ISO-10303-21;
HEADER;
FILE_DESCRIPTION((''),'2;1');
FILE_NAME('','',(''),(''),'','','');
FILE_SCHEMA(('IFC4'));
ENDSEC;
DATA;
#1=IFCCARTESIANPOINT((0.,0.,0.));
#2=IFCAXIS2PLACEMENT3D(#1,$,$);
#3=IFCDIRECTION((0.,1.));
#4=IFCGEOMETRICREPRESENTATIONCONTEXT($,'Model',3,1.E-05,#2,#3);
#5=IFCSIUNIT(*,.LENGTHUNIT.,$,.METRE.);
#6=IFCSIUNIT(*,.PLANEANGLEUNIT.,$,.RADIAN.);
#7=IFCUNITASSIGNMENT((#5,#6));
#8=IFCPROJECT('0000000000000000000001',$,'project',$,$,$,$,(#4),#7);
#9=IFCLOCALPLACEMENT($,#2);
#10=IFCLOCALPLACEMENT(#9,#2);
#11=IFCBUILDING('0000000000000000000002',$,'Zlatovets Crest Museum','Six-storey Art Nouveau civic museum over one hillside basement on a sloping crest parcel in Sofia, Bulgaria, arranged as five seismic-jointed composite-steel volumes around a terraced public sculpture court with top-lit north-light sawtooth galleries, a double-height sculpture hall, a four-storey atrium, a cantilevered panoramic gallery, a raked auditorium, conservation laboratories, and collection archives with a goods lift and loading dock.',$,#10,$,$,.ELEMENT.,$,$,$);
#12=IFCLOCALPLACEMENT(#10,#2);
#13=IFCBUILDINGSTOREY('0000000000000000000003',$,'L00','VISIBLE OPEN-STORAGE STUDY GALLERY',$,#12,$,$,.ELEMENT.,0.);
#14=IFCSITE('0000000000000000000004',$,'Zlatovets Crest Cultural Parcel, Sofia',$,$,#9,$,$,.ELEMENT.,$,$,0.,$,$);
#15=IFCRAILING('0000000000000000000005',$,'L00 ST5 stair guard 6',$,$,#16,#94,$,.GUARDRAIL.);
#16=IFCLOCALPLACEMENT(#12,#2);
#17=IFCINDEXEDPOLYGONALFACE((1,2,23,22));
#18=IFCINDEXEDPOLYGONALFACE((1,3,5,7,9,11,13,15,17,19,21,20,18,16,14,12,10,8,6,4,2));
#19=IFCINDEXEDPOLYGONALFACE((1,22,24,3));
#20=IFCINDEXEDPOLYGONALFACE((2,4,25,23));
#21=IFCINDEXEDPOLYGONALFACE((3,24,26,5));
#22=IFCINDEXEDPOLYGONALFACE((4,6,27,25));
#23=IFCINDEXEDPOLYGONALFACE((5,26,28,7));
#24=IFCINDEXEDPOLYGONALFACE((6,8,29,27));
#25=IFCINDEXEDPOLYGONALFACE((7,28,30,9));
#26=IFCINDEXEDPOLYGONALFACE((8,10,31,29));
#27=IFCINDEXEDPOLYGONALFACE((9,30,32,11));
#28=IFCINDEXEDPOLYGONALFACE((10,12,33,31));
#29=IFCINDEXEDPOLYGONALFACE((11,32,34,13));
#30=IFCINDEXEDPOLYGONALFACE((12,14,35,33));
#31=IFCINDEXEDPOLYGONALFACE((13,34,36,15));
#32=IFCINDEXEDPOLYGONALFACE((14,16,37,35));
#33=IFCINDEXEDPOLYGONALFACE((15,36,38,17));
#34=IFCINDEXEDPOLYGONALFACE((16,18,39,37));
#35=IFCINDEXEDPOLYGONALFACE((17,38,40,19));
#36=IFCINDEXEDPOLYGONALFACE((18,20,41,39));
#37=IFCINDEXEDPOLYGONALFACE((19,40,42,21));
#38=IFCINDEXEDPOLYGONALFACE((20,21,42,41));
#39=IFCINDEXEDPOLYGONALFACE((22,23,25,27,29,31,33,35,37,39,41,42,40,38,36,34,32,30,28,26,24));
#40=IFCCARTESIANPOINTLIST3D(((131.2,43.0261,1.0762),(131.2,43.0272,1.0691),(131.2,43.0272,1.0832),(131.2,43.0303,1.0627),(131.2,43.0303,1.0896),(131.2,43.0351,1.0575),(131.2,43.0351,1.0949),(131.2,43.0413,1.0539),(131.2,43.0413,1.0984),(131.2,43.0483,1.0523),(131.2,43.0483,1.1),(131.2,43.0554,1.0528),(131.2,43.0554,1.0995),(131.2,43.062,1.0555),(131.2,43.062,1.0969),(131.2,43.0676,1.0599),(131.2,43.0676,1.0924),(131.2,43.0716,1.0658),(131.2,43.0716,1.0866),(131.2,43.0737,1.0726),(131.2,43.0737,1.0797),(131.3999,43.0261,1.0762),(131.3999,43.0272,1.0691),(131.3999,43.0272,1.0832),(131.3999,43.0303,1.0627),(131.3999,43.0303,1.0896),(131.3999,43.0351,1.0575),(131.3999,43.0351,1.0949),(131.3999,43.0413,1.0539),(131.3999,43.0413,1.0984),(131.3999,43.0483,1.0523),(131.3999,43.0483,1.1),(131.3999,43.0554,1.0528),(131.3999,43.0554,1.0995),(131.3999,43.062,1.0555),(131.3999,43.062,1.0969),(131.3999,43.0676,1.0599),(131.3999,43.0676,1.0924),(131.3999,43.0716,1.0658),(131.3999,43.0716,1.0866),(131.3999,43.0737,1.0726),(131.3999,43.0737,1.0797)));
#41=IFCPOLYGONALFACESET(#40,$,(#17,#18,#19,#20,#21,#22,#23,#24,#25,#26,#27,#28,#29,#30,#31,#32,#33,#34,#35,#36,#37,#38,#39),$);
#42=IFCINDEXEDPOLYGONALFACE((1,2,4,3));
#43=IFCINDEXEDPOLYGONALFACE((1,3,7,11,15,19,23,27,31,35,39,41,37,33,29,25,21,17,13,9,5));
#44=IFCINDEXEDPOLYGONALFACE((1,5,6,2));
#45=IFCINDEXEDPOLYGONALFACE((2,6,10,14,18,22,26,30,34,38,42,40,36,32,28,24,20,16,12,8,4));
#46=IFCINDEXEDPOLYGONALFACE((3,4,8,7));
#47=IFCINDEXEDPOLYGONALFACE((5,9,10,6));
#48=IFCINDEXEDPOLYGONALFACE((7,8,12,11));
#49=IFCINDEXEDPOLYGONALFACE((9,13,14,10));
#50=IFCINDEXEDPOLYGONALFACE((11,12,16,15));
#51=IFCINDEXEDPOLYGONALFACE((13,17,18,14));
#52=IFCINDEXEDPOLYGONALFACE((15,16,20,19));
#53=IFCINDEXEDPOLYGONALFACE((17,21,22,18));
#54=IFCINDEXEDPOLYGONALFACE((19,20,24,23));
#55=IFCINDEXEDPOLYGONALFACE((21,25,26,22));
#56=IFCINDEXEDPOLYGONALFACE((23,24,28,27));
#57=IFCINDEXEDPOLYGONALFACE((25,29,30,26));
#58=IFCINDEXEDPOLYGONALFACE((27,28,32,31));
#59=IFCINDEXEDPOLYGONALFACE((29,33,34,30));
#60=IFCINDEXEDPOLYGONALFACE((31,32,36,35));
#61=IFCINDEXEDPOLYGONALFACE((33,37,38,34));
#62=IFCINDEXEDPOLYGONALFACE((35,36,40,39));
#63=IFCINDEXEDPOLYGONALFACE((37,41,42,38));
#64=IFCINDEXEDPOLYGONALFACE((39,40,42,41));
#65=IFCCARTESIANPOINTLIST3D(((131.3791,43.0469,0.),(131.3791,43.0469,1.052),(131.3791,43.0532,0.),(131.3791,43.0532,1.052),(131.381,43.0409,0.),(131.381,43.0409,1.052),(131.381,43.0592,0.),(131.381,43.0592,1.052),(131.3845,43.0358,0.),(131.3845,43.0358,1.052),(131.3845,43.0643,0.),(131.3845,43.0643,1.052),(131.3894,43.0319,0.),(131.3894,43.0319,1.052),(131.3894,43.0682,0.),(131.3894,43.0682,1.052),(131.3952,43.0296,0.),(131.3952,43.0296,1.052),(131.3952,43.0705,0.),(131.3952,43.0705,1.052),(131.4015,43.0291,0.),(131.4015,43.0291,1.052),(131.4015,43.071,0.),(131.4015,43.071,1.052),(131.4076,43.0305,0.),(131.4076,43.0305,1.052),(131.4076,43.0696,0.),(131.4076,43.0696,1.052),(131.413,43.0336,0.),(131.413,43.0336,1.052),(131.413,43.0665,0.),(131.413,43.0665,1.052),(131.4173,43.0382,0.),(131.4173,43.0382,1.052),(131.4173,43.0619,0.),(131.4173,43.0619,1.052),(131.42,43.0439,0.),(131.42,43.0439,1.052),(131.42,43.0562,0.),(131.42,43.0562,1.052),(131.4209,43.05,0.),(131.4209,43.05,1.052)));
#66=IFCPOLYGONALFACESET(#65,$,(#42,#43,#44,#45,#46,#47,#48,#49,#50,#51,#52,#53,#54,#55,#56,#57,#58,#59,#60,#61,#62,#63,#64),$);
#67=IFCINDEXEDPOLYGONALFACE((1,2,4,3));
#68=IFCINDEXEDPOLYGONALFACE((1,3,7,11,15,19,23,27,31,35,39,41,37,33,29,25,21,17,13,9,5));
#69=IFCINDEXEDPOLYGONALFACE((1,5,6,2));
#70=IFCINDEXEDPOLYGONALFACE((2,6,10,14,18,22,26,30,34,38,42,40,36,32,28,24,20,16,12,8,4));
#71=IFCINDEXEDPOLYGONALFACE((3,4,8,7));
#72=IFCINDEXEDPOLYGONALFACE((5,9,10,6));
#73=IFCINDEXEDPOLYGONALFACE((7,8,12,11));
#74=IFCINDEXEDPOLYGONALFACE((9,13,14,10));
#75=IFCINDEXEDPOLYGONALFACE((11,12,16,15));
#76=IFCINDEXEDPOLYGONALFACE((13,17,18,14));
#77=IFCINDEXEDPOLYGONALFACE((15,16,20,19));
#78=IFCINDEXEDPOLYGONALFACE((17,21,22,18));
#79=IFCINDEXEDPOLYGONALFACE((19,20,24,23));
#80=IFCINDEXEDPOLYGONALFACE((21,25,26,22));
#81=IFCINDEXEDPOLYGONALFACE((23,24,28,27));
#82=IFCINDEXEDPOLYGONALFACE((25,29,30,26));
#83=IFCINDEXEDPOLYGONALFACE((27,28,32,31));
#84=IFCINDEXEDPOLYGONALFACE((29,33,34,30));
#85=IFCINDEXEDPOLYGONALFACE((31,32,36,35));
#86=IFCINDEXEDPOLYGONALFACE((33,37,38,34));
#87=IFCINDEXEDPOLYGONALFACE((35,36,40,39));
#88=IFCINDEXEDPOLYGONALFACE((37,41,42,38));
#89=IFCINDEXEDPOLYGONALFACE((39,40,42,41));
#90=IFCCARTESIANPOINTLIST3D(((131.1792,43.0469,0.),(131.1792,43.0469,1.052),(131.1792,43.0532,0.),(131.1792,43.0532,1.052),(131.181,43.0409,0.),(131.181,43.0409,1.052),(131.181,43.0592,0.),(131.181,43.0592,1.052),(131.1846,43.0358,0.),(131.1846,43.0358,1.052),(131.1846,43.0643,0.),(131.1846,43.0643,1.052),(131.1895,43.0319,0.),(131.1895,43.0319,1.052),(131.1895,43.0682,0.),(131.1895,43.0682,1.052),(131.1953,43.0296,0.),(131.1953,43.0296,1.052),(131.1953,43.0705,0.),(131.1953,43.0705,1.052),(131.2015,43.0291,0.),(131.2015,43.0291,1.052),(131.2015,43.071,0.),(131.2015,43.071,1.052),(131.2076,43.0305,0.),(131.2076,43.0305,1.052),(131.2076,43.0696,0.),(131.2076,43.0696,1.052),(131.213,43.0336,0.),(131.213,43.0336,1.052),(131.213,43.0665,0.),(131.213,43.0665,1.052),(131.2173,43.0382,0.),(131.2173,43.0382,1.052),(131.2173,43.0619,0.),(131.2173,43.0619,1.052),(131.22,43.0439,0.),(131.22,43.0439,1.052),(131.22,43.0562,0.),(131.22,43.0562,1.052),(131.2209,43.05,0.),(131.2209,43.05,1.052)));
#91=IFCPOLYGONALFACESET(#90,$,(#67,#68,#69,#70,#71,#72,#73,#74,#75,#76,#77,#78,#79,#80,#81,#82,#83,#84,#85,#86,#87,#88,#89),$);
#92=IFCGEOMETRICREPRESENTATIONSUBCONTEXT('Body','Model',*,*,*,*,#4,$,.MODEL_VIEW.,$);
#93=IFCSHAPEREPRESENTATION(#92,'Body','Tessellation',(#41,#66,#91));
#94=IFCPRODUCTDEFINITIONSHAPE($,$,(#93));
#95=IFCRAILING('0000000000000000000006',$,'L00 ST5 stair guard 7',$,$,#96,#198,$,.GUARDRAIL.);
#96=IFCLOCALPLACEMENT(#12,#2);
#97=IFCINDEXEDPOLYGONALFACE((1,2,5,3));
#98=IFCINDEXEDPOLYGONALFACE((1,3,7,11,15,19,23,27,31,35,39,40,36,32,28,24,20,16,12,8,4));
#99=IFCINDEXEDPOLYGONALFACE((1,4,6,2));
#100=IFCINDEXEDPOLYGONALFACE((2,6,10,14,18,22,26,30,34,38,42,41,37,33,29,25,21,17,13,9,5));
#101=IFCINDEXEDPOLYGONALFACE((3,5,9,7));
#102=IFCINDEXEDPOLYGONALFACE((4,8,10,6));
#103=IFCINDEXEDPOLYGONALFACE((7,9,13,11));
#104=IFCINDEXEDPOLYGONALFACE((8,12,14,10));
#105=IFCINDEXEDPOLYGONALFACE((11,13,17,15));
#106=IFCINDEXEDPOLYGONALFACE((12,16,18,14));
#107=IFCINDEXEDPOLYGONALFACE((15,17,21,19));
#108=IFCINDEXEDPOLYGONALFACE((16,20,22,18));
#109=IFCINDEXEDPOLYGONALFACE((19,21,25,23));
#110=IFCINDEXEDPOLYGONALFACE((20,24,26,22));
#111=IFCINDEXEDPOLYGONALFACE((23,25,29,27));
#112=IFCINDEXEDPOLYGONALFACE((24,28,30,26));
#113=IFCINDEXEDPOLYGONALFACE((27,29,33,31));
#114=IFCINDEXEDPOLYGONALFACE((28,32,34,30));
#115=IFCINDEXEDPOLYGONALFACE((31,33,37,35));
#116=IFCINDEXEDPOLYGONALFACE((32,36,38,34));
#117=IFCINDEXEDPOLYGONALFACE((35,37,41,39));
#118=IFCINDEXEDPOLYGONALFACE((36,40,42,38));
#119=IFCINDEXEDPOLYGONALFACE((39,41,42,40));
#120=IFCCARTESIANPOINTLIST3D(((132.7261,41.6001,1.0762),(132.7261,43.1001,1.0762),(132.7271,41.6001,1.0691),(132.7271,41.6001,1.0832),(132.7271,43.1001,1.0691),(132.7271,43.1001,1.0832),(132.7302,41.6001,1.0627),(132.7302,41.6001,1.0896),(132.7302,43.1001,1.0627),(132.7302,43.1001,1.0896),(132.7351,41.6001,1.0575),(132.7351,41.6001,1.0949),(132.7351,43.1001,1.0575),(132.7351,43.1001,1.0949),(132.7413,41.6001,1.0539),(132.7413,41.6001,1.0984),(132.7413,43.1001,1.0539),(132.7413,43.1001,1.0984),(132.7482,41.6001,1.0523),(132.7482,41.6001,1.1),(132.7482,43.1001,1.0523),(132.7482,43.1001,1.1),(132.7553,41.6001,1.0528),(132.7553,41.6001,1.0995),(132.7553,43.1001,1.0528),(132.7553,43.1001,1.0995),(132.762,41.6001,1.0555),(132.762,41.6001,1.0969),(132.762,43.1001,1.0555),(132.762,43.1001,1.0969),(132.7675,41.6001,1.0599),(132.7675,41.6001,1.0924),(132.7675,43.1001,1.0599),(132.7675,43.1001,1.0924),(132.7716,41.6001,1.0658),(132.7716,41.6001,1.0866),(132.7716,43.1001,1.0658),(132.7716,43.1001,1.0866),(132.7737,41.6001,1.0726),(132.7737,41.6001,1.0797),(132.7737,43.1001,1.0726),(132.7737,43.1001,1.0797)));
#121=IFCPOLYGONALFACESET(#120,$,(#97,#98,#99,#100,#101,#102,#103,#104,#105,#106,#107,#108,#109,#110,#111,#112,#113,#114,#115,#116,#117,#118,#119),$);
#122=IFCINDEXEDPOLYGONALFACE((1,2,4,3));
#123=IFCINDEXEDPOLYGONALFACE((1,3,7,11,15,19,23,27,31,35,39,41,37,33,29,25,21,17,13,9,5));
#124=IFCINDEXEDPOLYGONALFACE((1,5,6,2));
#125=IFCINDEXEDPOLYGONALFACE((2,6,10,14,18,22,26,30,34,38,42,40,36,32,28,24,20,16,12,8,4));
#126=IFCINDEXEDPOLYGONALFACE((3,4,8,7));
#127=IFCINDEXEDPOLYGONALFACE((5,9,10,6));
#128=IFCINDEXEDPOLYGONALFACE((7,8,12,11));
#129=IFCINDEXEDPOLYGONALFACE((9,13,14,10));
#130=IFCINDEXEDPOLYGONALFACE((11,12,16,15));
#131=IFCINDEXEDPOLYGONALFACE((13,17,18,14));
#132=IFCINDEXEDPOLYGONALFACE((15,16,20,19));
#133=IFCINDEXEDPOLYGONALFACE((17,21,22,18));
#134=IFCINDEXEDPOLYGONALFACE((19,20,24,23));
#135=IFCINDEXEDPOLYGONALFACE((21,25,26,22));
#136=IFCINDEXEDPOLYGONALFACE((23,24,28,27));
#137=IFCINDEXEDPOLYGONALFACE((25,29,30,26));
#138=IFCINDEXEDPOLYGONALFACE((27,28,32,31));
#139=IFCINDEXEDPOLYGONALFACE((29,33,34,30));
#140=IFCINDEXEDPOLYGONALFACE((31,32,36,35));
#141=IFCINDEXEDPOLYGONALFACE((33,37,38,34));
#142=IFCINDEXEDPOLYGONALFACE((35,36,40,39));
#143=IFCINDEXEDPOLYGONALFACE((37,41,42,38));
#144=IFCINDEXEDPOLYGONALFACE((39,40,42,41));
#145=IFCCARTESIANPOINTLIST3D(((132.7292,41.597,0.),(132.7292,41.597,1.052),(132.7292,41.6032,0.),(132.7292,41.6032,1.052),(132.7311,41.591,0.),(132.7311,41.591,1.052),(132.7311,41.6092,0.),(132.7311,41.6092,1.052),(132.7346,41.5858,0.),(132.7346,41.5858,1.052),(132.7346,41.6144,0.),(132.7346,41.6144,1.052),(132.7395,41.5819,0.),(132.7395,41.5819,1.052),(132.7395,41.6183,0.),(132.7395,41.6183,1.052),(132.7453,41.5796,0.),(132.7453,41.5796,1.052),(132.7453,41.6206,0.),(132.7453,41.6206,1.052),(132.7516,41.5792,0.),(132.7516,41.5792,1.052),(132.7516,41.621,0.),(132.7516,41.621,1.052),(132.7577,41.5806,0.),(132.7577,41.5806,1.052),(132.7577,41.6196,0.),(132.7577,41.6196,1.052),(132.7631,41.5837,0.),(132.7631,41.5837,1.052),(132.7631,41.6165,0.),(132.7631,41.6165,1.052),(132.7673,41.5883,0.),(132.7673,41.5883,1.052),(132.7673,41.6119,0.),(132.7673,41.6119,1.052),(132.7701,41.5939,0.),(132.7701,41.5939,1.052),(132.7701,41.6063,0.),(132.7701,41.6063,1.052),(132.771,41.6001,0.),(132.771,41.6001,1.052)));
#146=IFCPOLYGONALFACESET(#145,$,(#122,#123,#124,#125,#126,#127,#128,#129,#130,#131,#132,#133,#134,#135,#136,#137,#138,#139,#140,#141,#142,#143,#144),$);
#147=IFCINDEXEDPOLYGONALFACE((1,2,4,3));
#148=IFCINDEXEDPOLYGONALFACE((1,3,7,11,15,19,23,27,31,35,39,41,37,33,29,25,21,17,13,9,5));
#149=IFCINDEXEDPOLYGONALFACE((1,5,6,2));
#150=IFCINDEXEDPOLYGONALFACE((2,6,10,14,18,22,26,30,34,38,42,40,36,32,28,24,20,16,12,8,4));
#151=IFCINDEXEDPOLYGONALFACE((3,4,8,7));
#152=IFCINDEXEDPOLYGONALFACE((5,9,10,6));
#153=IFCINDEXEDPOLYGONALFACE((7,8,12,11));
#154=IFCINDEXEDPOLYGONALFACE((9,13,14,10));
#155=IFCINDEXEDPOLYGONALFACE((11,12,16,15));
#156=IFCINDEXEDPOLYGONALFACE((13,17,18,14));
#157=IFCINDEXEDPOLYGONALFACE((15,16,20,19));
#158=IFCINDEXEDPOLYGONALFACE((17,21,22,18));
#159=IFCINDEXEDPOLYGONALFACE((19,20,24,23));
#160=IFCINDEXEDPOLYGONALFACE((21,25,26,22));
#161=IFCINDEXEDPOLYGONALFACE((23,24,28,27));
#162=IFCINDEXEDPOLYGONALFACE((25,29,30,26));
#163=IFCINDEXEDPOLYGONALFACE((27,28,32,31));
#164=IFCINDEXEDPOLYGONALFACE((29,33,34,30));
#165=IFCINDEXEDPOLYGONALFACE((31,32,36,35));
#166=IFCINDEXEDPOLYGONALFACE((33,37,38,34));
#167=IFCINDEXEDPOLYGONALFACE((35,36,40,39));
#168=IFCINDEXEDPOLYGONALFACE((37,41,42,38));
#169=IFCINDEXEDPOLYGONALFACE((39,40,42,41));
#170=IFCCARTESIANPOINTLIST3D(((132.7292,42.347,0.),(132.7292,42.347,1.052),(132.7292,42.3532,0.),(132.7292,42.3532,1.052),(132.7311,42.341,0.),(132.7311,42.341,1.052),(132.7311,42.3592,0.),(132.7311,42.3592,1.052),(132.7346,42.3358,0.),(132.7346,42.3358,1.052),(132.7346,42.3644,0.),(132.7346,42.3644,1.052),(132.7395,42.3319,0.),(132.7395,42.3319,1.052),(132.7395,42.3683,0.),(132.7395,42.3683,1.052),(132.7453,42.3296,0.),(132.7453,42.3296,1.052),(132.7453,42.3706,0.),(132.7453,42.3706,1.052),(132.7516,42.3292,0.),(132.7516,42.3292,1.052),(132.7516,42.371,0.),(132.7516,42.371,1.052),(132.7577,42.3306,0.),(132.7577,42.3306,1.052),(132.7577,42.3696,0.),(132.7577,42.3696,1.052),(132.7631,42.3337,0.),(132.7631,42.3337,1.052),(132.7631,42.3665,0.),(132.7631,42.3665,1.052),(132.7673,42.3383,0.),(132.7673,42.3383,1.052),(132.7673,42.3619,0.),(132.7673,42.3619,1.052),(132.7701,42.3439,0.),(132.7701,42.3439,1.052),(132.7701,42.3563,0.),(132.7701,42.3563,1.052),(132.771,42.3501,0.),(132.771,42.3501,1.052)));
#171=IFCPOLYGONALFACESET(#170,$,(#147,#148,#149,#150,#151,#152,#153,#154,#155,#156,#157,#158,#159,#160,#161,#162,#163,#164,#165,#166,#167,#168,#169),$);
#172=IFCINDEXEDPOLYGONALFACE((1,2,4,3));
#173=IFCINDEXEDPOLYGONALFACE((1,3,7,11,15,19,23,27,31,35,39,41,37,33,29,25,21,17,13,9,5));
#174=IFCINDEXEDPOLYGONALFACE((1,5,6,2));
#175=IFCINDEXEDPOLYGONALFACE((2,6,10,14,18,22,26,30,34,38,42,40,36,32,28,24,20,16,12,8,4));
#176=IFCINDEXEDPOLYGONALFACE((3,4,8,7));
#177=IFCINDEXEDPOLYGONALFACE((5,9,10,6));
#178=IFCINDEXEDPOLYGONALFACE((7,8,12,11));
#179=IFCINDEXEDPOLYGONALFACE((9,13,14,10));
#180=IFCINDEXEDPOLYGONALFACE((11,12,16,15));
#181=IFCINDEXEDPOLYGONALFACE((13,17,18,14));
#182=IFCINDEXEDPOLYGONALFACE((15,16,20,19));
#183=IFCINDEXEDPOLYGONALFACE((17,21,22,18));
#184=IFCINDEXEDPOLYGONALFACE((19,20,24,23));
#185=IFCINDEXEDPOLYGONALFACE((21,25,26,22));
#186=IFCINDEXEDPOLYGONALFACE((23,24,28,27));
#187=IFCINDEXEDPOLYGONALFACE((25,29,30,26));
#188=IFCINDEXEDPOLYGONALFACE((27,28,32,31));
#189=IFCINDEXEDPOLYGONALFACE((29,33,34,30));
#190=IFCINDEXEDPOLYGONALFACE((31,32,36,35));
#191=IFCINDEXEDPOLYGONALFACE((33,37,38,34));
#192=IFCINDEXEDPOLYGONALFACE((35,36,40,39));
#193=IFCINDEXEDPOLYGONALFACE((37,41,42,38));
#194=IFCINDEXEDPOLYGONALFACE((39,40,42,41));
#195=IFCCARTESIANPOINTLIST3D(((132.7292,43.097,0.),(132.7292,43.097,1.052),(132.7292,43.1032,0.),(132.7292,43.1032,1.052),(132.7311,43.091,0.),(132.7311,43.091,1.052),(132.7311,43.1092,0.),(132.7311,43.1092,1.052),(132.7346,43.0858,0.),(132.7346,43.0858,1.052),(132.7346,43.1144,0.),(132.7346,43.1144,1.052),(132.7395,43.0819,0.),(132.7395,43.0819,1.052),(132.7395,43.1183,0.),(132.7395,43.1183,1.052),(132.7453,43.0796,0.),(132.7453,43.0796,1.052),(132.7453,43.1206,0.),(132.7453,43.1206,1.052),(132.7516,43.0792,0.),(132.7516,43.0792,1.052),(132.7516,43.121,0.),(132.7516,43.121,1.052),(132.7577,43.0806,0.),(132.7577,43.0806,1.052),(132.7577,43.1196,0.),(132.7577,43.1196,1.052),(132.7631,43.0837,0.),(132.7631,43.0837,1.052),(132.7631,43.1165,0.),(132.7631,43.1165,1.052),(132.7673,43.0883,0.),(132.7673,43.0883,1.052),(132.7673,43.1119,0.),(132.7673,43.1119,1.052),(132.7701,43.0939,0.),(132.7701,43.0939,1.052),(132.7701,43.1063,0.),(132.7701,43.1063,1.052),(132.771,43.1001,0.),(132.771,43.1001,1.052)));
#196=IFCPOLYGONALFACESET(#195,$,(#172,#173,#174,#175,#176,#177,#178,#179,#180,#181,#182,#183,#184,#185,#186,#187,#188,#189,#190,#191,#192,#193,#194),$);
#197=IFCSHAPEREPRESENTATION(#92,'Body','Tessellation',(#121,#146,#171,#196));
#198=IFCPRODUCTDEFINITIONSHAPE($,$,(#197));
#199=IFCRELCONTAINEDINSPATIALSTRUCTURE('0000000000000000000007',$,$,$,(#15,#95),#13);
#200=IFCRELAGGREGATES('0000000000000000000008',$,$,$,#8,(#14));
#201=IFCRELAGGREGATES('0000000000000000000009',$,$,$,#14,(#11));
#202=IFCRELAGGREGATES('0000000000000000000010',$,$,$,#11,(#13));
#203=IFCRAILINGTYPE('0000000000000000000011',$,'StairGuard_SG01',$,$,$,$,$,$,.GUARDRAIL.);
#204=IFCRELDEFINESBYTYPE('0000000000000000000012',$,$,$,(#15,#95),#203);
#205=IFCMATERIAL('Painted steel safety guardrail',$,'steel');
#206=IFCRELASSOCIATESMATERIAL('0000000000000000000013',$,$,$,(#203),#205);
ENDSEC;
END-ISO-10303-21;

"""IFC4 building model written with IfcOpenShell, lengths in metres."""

from ifc_helpers import new_model, si_unit, direction, frame, origin, origin_2d, place, context, subcontext, project, spatial, circle, extrude, material, type_object, element, save


model = new_model("IFC4")

# Units and contexts
model_context = context("Model", 3, precision=1e-05, world=origin(), true_north=direction((0.0, 1.0)))
body_context = subcontext(model_context, "Body", "Model", "MODEL_VIEW")
ifc_project = project(units=[si_unit("LENGTHUNIT", "METRE"), si_unit("PLANEANGLEUNIT", "RADIAN")], contexts=[model_context])

# Site, building, storey
site_placement = place(None, origin())
site = spatial("IfcSite", under=ifc_project, at=site_placement, Name="Zlatovets Crest Cultural Parcel, Sofia", CompositionType="ELEMENT", RefElevation=0.0)
building_placement = place(site_placement, origin())
building = spatial("IfcBuilding", under=site, at=building_placement, Name="Zlatovets Crest Museum", Description="Six-storey Art Nouveau civic museum over one hillside basement on a sloping crest parcel in Sofia, Bulgaria, arranged as five seismic-jointed composite-steel volumes around a terraced public sculpture court with top-lit north-light sawtooth galleries, a double-height sculpture hall, a four-storey atrium, a cantilevered panoramic gallery, a raked auditorium, conservation laboratories, and collection archives with a goods lift and loading dock.", CompositionType="ELEMENT")
storey_placement = place(building_placement, origin())
storey = spatial("IfcBuildingStorey", under=building, at=storey_placement, Name="L00", Description="VISIBLE OPEN-STORAGE STUDY GALLERY", CompositionType="ELEMENT", Elevation=0.0)

# Railings
ifc_material_1 = material(Name="Painted steel safety guardrail", Category="steel")
railing_type_1 = type_object("IfcRailingType", Name="StairGuard_SG01", PredefinedType="GUARDRAIL", material=ifc_material_1)
railing_1_placement = place(storey_placement, frame((131.3999, 43.05, 0.0)))
element("IfcRailing", 1, at=railing_1_placement, inside=storey, type_object=railing_type_1, Name="L00 ST5 stair guard 6", PredefinedType="GUARDRAIL", context=body_context, shape_type="SweptSolid", body=[
    extrude(circle(Radius=0.0239, at=origin_2d()), frame((0.0, 0.0, 1.0762), z_axis=(-1.0, 0.0, 0.0), x_axis=(0.0, -1.0, 0.0)), (0.0, 0.0, 1.0), 0.2),
    extrude(circle(Radius=0.021, at=origin_2d()), origin(), (0.0, 0.0, 1.0), 1.052),
    extrude(circle(Radius=0.021, at=origin_2d()), frame((-0.2, 0.0, 0.0)), (0.0, 0.0, 1.0), 1.052),
])
for number, where, name in (
    (2, (132.75, 41.6001, 0.0), "L00 ST5 stair guard 7"),
):
    element("IfcRailing", number, at=place(storey_placement, frame(where)), inside=storey, type_object=railing_type_1, Name=name, PredefinedType="GUARDRAIL", context=body_context, shape_type="SweptSolid", body=[
        extrude(circle(Radius=0.0239, at=origin_2d()), frame((0.0, 0.0, 1.0762), z_axis=(0.0, 1.0, 0.0), x_axis=(-1.0, 0.0, 0.0)), (0.0, 0.0, 1.0), 1.5),
        extrude(circle(Radius=0.021, at=origin_2d()), origin(), (0.0, 0.0, 1.0), 1.052),
        extrude(circle(Radius=0.021, at=origin_2d()), frame((0.0, 0.75, 0.0)), (0.0, 0.0, 1.0), 1.052),
        extrude(circle(Radius=0.021, at=origin_2d()), frame((0.0, 1.5, 0.0)), (0.0, 0.0, 1.0), 1.052),
    ])

save(model, "model.ifc")
